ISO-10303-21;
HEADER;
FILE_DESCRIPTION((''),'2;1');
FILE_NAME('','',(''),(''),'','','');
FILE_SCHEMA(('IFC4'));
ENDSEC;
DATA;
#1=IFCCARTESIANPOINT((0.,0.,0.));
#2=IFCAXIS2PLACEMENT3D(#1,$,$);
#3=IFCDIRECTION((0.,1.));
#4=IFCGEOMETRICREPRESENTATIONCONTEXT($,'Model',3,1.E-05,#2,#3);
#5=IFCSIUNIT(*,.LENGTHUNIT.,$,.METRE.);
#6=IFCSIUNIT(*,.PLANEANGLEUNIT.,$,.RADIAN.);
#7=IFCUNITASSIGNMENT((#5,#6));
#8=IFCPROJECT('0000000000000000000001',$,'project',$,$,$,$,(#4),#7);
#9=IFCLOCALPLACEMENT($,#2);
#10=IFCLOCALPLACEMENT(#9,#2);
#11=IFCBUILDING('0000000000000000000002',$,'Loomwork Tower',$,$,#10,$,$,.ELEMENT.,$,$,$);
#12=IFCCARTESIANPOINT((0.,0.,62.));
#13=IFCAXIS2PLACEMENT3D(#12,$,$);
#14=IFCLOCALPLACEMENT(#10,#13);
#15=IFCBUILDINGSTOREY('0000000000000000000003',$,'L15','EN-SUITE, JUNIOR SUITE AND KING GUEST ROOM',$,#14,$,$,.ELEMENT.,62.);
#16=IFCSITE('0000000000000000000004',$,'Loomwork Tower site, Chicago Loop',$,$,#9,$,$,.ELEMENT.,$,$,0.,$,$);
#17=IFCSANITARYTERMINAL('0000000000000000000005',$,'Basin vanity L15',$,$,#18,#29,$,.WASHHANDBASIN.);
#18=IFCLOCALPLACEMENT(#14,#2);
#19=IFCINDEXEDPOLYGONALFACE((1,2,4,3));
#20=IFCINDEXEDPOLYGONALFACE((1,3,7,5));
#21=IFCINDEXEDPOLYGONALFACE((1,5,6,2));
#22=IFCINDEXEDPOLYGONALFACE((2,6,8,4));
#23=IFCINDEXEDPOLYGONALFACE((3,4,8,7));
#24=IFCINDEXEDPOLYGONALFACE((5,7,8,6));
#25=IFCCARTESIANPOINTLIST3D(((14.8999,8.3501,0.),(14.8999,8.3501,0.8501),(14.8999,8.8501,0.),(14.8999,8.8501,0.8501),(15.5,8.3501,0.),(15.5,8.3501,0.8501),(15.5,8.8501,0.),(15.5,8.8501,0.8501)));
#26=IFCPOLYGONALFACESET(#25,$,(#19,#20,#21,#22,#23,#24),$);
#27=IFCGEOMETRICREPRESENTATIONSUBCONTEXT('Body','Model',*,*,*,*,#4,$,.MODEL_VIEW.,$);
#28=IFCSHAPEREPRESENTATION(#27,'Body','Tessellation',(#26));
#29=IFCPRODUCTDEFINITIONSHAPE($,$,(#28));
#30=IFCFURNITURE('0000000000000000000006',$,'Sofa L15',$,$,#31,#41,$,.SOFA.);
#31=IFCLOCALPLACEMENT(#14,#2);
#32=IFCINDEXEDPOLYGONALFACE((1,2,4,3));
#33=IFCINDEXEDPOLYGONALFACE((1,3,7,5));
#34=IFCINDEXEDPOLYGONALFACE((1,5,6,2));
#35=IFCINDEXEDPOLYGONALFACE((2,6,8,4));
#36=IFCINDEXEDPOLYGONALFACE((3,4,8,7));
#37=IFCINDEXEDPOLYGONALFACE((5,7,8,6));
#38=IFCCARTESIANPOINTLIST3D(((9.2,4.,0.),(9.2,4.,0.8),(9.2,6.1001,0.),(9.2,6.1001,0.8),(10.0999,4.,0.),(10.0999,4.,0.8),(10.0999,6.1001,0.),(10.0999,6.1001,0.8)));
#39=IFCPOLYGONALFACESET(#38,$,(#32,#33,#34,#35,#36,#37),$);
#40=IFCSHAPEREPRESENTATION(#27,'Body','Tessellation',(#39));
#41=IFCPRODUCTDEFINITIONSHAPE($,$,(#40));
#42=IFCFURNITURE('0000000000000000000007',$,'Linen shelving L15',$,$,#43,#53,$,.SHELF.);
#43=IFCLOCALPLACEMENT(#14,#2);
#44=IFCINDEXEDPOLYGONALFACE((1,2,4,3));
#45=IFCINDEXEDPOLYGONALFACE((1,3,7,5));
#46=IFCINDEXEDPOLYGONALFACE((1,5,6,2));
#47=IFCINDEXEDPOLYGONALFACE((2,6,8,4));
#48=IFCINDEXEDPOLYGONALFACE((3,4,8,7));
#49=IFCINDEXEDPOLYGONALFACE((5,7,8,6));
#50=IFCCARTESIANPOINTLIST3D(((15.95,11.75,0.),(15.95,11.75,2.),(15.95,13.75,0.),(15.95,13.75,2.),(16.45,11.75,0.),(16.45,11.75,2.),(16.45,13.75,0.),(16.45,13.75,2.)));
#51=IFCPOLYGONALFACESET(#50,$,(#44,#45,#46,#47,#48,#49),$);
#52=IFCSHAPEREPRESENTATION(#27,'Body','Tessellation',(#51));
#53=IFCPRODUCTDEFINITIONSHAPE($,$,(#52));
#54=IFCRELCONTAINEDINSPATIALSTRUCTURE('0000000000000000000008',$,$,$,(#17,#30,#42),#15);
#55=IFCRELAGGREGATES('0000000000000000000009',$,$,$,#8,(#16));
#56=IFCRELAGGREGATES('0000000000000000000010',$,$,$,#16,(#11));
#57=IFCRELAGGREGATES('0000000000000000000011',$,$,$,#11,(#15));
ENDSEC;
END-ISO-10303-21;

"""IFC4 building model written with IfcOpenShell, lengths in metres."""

from ifc_helpers import new_model, si_unit, direction, frame, origin, origin_2d, place, context, subcontext, project, spatial, rectangle, extrude, element, save


model = new_model("IFC4")

# Units and contexts
model_context = context("Model", 3, precision=1e-05, world=origin(), true_north=direction((0.0, 1.0)))
body_context = subcontext(model_context, "Body", "Model", "MODEL_VIEW")
ifc_project = project(units=[si_unit("LENGTHUNIT", "METRE"), si_unit("PLANEANGLEUNIT", "RADIAN")], contexts=[model_context])

# Site, building, storey
site_placement = place(None, origin())
site = spatial("IfcSite", under=ifc_project, at=site_placement, Name="Loomwork Tower site, Chicago Loop", CompositionType="ELEMENT", RefElevation=0.0)
building_placement = place(site_placement, origin())
building = spatial("IfcBuilding", under=site, at=building_placement, Name="Loomwork Tower", CompositionType="ELEMENT")
storey_placement = place(building_placement, frame((0.0, 0.0, 62.0)))
storey = spatial("IfcBuildingStorey", under=building, at=storey_placement, Name="L15", Description="EN-SUITE, JUNIOR SUITE AND KING GUEST ROOM", CompositionType="ELEMENT", Elevation=62.0)

# Sanitary terminal
sanitary_terminal_1_placement = place(storey_placement, frame((15.2, 8.6001, 0.0), z_axis=(0.0, 0.0, 1.0), x_axis=(1.0, 0.0, 0.0)))
element("IfcSanitaryTerminal", 1, at=sanitary_terminal_1_placement, inside=storey, Name="Basin vanity L15", PredefinedType="WASHHANDBASIN", context=body_context, shape_type="SweptSolid", body=[
    extrude(rectangle(XDim=0.6001, YDim=0.5, at=origin_2d()), origin(), (0.0, 0.0, 1.0), 0.8501),
])

# Furniture
furniture_1_placement = place(storey_placement, frame((9.6499, 5.05, 0.0), z_axis=(0.0, 0.0, 1.0), x_axis=(1.0, 0.0, 0.0)))
element("IfcFurniture", 2, at=furniture_1_placement, inside=storey, Name="Sofa L15", PredefinedType="SOFA", context=body_context, shape_type="SweptSolid", body=[
    extrude(rectangle(XDim=0.8999, YDim=2.1001, at=origin_2d()), origin(), (0.0, 0.0, 1.0), 0.8),
])
furniture_2_placement = place(storey_placement, frame((16.2, 12.75, 0.0), z_axis=(0.0, 0.0, 1.0), x_axis=(1.0, 0.0, 0.0)))
element("IfcFurniture", 3, at=furniture_2_placement, inside=storey, Name="Linen shelving L15", PredefinedType="SHELF", context=body_context, shape_type="SweptSolid", body=[
    extrude(rectangle(XDim=0.5, YDim=2.0, at=origin_2d()), origin(), (0.0, 0.0, 1.0), 2.0),
])

save(model, "model.ifc")
